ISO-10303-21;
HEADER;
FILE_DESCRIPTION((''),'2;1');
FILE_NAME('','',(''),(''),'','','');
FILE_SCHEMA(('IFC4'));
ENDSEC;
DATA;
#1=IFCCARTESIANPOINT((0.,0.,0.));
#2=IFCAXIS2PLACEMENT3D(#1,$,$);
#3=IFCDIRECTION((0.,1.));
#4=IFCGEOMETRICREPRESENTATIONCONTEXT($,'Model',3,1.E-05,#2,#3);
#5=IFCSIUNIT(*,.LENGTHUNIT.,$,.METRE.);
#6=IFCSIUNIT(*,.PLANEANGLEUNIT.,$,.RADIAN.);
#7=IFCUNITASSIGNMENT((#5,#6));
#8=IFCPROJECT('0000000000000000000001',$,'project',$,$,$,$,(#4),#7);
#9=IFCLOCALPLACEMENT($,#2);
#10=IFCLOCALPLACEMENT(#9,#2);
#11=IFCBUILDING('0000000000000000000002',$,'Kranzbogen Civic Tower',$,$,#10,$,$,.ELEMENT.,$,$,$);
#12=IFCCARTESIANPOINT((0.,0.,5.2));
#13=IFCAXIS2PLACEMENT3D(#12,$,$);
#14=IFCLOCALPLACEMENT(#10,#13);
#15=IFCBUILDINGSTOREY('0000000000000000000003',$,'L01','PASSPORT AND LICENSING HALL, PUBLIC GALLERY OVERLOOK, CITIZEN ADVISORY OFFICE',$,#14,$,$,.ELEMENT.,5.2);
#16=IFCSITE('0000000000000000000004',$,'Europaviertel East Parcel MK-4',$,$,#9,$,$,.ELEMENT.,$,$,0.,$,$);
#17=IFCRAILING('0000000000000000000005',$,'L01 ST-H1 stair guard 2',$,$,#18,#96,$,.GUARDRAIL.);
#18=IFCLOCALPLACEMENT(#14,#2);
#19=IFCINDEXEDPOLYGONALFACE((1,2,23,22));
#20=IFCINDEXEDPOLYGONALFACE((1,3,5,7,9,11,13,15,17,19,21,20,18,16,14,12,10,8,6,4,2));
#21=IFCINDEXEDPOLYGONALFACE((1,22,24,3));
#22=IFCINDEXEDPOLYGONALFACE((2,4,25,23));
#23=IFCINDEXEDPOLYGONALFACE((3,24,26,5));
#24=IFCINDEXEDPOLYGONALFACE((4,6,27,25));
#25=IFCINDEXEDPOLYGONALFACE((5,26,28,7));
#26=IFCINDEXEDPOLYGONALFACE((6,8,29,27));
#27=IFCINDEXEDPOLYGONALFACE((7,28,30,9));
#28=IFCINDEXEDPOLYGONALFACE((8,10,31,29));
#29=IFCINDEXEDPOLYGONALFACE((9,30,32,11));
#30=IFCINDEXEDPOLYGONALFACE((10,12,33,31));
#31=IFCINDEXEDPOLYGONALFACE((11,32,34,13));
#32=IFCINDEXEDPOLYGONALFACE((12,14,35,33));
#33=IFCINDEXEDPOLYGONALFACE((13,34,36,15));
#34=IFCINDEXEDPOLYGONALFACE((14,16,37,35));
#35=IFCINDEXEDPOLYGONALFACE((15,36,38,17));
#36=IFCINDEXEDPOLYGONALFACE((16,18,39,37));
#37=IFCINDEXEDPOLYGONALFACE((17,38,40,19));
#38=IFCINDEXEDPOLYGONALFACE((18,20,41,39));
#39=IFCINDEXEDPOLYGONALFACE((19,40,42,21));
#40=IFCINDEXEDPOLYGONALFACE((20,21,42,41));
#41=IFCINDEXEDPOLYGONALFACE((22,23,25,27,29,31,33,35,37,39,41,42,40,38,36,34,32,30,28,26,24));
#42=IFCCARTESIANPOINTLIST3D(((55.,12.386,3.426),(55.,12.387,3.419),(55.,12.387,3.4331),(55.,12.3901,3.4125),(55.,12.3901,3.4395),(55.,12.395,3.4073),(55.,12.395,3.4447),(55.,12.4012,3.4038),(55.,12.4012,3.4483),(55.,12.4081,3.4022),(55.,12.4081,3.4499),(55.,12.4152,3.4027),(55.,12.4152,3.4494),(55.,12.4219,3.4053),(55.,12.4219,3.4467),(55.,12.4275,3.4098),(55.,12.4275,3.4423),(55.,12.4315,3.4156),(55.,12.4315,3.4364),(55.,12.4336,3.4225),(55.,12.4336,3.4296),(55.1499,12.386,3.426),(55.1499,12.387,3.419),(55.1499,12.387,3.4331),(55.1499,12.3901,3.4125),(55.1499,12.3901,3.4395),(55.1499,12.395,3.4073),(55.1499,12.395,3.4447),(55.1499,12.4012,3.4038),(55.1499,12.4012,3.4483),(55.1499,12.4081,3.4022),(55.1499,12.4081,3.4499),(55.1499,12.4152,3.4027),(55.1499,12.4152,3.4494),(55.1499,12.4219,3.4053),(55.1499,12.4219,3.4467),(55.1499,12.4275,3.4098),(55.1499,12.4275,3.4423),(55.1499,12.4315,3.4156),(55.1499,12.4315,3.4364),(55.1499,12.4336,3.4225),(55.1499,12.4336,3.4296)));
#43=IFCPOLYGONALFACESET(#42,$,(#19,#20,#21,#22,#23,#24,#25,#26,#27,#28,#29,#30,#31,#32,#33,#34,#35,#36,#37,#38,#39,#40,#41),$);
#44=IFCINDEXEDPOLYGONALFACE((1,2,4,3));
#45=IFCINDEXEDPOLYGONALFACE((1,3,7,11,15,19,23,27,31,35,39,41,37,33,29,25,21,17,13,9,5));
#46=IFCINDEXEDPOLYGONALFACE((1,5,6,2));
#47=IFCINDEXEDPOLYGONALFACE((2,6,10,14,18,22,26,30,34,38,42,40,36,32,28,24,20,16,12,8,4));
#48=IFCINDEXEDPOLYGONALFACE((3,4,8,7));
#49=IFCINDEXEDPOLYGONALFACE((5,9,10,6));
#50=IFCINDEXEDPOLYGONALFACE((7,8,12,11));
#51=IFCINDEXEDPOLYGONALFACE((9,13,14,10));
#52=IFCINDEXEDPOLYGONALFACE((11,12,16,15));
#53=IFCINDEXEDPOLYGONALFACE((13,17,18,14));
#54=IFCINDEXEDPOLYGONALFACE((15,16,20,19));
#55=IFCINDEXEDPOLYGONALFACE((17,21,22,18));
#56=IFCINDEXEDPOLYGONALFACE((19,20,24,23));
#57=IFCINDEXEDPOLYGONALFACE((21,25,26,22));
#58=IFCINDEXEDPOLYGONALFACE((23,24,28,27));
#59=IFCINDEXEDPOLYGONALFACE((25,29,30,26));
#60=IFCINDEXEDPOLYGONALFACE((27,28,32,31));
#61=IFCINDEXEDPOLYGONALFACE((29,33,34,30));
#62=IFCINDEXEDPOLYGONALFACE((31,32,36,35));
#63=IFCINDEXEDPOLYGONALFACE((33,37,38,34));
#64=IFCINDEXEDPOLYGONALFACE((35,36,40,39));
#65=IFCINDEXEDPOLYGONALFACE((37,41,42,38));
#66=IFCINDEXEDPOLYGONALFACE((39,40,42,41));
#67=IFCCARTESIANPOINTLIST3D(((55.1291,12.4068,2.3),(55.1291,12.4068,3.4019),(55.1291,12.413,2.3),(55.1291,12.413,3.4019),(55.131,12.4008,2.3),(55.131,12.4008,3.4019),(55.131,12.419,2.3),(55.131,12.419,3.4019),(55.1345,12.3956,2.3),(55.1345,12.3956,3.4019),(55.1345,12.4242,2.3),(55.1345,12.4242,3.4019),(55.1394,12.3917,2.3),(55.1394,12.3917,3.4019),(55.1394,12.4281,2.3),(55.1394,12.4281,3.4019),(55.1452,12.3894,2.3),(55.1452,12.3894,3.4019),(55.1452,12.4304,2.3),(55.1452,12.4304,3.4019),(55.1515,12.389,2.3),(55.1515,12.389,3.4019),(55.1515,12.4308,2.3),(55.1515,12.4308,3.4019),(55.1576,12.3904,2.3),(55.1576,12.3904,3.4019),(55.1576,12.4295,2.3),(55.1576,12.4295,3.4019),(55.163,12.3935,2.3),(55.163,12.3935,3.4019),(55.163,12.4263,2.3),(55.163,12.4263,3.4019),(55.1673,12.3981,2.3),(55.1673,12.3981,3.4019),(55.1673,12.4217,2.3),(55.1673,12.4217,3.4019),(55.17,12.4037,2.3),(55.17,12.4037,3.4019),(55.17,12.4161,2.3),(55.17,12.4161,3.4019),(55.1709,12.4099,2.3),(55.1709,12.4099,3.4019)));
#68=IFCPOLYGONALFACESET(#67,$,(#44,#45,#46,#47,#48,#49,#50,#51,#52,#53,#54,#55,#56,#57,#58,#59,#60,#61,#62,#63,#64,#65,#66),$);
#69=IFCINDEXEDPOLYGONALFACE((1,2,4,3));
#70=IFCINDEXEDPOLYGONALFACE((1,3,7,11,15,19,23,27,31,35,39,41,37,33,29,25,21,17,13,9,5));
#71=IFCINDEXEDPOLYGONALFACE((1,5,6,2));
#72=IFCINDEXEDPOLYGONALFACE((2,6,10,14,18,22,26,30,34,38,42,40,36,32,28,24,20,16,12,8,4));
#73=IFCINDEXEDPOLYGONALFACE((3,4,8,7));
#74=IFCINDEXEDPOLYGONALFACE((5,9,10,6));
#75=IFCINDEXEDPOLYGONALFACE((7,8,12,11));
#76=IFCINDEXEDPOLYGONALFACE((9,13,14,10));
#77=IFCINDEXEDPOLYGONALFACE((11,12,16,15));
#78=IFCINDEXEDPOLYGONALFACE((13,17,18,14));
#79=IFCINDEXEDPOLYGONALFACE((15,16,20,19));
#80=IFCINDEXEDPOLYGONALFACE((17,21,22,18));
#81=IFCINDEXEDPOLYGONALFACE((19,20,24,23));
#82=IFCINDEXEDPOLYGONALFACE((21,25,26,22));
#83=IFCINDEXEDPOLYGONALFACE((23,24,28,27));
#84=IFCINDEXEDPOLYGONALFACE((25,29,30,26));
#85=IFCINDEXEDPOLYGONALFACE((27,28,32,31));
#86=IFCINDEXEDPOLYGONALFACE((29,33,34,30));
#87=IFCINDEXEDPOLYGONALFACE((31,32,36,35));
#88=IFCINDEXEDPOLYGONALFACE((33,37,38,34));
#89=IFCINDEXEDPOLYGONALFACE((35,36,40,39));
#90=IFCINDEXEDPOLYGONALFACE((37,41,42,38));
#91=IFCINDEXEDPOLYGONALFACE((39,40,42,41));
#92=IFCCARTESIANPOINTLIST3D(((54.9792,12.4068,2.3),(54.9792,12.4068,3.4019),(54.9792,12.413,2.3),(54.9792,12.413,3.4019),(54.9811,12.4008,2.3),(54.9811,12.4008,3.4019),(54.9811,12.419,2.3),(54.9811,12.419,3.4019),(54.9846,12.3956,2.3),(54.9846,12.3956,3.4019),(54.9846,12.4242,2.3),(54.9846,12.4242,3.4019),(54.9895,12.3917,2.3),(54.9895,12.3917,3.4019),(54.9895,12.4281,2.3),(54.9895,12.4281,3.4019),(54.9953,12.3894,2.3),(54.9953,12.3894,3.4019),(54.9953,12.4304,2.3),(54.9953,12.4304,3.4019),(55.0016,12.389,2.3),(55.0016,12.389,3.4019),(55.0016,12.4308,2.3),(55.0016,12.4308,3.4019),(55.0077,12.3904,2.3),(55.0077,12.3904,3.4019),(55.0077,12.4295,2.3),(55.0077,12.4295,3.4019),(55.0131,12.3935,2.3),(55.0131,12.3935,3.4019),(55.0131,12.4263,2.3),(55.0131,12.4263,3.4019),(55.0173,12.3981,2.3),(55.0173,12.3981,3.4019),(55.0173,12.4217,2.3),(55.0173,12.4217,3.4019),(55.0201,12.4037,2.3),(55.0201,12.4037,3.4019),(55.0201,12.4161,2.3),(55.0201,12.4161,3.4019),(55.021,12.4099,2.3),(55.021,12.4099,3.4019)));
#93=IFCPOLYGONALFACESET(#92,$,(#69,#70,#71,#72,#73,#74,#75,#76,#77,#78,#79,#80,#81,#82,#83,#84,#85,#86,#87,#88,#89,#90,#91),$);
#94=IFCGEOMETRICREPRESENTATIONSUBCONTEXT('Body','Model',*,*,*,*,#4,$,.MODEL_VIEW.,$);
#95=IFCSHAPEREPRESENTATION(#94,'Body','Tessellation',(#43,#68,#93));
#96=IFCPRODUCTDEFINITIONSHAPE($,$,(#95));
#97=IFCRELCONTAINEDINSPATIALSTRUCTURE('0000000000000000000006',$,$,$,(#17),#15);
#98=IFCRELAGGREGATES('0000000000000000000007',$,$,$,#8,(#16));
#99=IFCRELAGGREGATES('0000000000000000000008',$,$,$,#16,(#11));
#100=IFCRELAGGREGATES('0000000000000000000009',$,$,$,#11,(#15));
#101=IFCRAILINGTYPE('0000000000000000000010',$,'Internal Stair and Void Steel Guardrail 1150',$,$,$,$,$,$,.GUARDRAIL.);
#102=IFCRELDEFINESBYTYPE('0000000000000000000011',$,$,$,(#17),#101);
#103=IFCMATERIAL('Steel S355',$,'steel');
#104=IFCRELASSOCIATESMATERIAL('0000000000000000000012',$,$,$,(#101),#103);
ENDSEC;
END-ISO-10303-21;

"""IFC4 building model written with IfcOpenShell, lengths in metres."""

from ifc_helpers import new_model, si_unit, direction, frame, origin, origin_2d, place, context, subcontext, project, spatial, circle, extrude, material, type_object, element, save


model = new_model("IFC4")

# Units and contexts
model_context = context("Model", 3, precision=1e-05, world=origin(), true_north=direction((0.0, 1.0)))
body_context = subcontext(model_context, "Body", "Model", "MODEL_VIEW")
ifc_project = project(units=[si_unit("LENGTHUNIT", "METRE"), si_unit("PLANEANGLEUNIT", "RADIAN")], contexts=[model_context])

# Site, building, storey
site_placement = place(None, origin())
site = spatial("IfcSite", under=ifc_project, at=site_placement, Name="Europaviertel East Parcel MK-4", CompositionType="ELEMENT", RefElevation=0.0)
building_placement = place(site_placement, origin())
building = spatial("IfcBuilding", under=site, at=building_placement, Name="Kranzbogen Civic Tower", CompositionType="ELEMENT")
storey_placement = place(building_placement, frame((0.0, 0.0, 5.2)))
storey = spatial("IfcBuildingStorey", under=building, at=storey_placement, Name="L01", Description="PASSPORT AND LICENSING HALL, PUBLIC GALLERY OVERLOOK, CITIZEN ADVISORY OFFICE", CompositionType="ELEMENT", Elevation=5.2)

# Shared definitions
ifc_material_1 = material(Name="Steel S355", Category="steel")

# Railing
railing_type_1 = type_object("IfcRailingType", Name="Internal Stair and Void Steel Guardrail 1150", PredefinedType="GUARDRAIL", material=ifc_material_1)
railing_1_placement = place(storey_placement, frame((55.1499, 12.4099, 2.3)))
element("IfcRailing", 1, at=railing_1_placement, inside=storey, type_object=railing_type_1, Name="L01 ST-H1 stair guard 2", PredefinedType="GUARDRAIL", context=body_context, shape_type="SweptSolid", body=[
    extrude(circle(Radius=0.0239, at=origin_2d()), frame((0.0, 0.0, 1.126), z_axis=(-1.0, 0.0, 0.0), x_axis=(0.0, -1.0, 0.0)), (0.0, 0.0, 1.0), 0.1499),
    extrude(circle(Radius=0.021, at=origin_2d()), origin(), (0.0, 0.0, 1.0), 1.1018),
    extrude(circle(Radius=0.021, at=origin_2d()), frame((-0.1499, 0.0, 0.0)), (0.0, 0.0, 1.0), 1.1018),
])

save(model, "model.ifc")
